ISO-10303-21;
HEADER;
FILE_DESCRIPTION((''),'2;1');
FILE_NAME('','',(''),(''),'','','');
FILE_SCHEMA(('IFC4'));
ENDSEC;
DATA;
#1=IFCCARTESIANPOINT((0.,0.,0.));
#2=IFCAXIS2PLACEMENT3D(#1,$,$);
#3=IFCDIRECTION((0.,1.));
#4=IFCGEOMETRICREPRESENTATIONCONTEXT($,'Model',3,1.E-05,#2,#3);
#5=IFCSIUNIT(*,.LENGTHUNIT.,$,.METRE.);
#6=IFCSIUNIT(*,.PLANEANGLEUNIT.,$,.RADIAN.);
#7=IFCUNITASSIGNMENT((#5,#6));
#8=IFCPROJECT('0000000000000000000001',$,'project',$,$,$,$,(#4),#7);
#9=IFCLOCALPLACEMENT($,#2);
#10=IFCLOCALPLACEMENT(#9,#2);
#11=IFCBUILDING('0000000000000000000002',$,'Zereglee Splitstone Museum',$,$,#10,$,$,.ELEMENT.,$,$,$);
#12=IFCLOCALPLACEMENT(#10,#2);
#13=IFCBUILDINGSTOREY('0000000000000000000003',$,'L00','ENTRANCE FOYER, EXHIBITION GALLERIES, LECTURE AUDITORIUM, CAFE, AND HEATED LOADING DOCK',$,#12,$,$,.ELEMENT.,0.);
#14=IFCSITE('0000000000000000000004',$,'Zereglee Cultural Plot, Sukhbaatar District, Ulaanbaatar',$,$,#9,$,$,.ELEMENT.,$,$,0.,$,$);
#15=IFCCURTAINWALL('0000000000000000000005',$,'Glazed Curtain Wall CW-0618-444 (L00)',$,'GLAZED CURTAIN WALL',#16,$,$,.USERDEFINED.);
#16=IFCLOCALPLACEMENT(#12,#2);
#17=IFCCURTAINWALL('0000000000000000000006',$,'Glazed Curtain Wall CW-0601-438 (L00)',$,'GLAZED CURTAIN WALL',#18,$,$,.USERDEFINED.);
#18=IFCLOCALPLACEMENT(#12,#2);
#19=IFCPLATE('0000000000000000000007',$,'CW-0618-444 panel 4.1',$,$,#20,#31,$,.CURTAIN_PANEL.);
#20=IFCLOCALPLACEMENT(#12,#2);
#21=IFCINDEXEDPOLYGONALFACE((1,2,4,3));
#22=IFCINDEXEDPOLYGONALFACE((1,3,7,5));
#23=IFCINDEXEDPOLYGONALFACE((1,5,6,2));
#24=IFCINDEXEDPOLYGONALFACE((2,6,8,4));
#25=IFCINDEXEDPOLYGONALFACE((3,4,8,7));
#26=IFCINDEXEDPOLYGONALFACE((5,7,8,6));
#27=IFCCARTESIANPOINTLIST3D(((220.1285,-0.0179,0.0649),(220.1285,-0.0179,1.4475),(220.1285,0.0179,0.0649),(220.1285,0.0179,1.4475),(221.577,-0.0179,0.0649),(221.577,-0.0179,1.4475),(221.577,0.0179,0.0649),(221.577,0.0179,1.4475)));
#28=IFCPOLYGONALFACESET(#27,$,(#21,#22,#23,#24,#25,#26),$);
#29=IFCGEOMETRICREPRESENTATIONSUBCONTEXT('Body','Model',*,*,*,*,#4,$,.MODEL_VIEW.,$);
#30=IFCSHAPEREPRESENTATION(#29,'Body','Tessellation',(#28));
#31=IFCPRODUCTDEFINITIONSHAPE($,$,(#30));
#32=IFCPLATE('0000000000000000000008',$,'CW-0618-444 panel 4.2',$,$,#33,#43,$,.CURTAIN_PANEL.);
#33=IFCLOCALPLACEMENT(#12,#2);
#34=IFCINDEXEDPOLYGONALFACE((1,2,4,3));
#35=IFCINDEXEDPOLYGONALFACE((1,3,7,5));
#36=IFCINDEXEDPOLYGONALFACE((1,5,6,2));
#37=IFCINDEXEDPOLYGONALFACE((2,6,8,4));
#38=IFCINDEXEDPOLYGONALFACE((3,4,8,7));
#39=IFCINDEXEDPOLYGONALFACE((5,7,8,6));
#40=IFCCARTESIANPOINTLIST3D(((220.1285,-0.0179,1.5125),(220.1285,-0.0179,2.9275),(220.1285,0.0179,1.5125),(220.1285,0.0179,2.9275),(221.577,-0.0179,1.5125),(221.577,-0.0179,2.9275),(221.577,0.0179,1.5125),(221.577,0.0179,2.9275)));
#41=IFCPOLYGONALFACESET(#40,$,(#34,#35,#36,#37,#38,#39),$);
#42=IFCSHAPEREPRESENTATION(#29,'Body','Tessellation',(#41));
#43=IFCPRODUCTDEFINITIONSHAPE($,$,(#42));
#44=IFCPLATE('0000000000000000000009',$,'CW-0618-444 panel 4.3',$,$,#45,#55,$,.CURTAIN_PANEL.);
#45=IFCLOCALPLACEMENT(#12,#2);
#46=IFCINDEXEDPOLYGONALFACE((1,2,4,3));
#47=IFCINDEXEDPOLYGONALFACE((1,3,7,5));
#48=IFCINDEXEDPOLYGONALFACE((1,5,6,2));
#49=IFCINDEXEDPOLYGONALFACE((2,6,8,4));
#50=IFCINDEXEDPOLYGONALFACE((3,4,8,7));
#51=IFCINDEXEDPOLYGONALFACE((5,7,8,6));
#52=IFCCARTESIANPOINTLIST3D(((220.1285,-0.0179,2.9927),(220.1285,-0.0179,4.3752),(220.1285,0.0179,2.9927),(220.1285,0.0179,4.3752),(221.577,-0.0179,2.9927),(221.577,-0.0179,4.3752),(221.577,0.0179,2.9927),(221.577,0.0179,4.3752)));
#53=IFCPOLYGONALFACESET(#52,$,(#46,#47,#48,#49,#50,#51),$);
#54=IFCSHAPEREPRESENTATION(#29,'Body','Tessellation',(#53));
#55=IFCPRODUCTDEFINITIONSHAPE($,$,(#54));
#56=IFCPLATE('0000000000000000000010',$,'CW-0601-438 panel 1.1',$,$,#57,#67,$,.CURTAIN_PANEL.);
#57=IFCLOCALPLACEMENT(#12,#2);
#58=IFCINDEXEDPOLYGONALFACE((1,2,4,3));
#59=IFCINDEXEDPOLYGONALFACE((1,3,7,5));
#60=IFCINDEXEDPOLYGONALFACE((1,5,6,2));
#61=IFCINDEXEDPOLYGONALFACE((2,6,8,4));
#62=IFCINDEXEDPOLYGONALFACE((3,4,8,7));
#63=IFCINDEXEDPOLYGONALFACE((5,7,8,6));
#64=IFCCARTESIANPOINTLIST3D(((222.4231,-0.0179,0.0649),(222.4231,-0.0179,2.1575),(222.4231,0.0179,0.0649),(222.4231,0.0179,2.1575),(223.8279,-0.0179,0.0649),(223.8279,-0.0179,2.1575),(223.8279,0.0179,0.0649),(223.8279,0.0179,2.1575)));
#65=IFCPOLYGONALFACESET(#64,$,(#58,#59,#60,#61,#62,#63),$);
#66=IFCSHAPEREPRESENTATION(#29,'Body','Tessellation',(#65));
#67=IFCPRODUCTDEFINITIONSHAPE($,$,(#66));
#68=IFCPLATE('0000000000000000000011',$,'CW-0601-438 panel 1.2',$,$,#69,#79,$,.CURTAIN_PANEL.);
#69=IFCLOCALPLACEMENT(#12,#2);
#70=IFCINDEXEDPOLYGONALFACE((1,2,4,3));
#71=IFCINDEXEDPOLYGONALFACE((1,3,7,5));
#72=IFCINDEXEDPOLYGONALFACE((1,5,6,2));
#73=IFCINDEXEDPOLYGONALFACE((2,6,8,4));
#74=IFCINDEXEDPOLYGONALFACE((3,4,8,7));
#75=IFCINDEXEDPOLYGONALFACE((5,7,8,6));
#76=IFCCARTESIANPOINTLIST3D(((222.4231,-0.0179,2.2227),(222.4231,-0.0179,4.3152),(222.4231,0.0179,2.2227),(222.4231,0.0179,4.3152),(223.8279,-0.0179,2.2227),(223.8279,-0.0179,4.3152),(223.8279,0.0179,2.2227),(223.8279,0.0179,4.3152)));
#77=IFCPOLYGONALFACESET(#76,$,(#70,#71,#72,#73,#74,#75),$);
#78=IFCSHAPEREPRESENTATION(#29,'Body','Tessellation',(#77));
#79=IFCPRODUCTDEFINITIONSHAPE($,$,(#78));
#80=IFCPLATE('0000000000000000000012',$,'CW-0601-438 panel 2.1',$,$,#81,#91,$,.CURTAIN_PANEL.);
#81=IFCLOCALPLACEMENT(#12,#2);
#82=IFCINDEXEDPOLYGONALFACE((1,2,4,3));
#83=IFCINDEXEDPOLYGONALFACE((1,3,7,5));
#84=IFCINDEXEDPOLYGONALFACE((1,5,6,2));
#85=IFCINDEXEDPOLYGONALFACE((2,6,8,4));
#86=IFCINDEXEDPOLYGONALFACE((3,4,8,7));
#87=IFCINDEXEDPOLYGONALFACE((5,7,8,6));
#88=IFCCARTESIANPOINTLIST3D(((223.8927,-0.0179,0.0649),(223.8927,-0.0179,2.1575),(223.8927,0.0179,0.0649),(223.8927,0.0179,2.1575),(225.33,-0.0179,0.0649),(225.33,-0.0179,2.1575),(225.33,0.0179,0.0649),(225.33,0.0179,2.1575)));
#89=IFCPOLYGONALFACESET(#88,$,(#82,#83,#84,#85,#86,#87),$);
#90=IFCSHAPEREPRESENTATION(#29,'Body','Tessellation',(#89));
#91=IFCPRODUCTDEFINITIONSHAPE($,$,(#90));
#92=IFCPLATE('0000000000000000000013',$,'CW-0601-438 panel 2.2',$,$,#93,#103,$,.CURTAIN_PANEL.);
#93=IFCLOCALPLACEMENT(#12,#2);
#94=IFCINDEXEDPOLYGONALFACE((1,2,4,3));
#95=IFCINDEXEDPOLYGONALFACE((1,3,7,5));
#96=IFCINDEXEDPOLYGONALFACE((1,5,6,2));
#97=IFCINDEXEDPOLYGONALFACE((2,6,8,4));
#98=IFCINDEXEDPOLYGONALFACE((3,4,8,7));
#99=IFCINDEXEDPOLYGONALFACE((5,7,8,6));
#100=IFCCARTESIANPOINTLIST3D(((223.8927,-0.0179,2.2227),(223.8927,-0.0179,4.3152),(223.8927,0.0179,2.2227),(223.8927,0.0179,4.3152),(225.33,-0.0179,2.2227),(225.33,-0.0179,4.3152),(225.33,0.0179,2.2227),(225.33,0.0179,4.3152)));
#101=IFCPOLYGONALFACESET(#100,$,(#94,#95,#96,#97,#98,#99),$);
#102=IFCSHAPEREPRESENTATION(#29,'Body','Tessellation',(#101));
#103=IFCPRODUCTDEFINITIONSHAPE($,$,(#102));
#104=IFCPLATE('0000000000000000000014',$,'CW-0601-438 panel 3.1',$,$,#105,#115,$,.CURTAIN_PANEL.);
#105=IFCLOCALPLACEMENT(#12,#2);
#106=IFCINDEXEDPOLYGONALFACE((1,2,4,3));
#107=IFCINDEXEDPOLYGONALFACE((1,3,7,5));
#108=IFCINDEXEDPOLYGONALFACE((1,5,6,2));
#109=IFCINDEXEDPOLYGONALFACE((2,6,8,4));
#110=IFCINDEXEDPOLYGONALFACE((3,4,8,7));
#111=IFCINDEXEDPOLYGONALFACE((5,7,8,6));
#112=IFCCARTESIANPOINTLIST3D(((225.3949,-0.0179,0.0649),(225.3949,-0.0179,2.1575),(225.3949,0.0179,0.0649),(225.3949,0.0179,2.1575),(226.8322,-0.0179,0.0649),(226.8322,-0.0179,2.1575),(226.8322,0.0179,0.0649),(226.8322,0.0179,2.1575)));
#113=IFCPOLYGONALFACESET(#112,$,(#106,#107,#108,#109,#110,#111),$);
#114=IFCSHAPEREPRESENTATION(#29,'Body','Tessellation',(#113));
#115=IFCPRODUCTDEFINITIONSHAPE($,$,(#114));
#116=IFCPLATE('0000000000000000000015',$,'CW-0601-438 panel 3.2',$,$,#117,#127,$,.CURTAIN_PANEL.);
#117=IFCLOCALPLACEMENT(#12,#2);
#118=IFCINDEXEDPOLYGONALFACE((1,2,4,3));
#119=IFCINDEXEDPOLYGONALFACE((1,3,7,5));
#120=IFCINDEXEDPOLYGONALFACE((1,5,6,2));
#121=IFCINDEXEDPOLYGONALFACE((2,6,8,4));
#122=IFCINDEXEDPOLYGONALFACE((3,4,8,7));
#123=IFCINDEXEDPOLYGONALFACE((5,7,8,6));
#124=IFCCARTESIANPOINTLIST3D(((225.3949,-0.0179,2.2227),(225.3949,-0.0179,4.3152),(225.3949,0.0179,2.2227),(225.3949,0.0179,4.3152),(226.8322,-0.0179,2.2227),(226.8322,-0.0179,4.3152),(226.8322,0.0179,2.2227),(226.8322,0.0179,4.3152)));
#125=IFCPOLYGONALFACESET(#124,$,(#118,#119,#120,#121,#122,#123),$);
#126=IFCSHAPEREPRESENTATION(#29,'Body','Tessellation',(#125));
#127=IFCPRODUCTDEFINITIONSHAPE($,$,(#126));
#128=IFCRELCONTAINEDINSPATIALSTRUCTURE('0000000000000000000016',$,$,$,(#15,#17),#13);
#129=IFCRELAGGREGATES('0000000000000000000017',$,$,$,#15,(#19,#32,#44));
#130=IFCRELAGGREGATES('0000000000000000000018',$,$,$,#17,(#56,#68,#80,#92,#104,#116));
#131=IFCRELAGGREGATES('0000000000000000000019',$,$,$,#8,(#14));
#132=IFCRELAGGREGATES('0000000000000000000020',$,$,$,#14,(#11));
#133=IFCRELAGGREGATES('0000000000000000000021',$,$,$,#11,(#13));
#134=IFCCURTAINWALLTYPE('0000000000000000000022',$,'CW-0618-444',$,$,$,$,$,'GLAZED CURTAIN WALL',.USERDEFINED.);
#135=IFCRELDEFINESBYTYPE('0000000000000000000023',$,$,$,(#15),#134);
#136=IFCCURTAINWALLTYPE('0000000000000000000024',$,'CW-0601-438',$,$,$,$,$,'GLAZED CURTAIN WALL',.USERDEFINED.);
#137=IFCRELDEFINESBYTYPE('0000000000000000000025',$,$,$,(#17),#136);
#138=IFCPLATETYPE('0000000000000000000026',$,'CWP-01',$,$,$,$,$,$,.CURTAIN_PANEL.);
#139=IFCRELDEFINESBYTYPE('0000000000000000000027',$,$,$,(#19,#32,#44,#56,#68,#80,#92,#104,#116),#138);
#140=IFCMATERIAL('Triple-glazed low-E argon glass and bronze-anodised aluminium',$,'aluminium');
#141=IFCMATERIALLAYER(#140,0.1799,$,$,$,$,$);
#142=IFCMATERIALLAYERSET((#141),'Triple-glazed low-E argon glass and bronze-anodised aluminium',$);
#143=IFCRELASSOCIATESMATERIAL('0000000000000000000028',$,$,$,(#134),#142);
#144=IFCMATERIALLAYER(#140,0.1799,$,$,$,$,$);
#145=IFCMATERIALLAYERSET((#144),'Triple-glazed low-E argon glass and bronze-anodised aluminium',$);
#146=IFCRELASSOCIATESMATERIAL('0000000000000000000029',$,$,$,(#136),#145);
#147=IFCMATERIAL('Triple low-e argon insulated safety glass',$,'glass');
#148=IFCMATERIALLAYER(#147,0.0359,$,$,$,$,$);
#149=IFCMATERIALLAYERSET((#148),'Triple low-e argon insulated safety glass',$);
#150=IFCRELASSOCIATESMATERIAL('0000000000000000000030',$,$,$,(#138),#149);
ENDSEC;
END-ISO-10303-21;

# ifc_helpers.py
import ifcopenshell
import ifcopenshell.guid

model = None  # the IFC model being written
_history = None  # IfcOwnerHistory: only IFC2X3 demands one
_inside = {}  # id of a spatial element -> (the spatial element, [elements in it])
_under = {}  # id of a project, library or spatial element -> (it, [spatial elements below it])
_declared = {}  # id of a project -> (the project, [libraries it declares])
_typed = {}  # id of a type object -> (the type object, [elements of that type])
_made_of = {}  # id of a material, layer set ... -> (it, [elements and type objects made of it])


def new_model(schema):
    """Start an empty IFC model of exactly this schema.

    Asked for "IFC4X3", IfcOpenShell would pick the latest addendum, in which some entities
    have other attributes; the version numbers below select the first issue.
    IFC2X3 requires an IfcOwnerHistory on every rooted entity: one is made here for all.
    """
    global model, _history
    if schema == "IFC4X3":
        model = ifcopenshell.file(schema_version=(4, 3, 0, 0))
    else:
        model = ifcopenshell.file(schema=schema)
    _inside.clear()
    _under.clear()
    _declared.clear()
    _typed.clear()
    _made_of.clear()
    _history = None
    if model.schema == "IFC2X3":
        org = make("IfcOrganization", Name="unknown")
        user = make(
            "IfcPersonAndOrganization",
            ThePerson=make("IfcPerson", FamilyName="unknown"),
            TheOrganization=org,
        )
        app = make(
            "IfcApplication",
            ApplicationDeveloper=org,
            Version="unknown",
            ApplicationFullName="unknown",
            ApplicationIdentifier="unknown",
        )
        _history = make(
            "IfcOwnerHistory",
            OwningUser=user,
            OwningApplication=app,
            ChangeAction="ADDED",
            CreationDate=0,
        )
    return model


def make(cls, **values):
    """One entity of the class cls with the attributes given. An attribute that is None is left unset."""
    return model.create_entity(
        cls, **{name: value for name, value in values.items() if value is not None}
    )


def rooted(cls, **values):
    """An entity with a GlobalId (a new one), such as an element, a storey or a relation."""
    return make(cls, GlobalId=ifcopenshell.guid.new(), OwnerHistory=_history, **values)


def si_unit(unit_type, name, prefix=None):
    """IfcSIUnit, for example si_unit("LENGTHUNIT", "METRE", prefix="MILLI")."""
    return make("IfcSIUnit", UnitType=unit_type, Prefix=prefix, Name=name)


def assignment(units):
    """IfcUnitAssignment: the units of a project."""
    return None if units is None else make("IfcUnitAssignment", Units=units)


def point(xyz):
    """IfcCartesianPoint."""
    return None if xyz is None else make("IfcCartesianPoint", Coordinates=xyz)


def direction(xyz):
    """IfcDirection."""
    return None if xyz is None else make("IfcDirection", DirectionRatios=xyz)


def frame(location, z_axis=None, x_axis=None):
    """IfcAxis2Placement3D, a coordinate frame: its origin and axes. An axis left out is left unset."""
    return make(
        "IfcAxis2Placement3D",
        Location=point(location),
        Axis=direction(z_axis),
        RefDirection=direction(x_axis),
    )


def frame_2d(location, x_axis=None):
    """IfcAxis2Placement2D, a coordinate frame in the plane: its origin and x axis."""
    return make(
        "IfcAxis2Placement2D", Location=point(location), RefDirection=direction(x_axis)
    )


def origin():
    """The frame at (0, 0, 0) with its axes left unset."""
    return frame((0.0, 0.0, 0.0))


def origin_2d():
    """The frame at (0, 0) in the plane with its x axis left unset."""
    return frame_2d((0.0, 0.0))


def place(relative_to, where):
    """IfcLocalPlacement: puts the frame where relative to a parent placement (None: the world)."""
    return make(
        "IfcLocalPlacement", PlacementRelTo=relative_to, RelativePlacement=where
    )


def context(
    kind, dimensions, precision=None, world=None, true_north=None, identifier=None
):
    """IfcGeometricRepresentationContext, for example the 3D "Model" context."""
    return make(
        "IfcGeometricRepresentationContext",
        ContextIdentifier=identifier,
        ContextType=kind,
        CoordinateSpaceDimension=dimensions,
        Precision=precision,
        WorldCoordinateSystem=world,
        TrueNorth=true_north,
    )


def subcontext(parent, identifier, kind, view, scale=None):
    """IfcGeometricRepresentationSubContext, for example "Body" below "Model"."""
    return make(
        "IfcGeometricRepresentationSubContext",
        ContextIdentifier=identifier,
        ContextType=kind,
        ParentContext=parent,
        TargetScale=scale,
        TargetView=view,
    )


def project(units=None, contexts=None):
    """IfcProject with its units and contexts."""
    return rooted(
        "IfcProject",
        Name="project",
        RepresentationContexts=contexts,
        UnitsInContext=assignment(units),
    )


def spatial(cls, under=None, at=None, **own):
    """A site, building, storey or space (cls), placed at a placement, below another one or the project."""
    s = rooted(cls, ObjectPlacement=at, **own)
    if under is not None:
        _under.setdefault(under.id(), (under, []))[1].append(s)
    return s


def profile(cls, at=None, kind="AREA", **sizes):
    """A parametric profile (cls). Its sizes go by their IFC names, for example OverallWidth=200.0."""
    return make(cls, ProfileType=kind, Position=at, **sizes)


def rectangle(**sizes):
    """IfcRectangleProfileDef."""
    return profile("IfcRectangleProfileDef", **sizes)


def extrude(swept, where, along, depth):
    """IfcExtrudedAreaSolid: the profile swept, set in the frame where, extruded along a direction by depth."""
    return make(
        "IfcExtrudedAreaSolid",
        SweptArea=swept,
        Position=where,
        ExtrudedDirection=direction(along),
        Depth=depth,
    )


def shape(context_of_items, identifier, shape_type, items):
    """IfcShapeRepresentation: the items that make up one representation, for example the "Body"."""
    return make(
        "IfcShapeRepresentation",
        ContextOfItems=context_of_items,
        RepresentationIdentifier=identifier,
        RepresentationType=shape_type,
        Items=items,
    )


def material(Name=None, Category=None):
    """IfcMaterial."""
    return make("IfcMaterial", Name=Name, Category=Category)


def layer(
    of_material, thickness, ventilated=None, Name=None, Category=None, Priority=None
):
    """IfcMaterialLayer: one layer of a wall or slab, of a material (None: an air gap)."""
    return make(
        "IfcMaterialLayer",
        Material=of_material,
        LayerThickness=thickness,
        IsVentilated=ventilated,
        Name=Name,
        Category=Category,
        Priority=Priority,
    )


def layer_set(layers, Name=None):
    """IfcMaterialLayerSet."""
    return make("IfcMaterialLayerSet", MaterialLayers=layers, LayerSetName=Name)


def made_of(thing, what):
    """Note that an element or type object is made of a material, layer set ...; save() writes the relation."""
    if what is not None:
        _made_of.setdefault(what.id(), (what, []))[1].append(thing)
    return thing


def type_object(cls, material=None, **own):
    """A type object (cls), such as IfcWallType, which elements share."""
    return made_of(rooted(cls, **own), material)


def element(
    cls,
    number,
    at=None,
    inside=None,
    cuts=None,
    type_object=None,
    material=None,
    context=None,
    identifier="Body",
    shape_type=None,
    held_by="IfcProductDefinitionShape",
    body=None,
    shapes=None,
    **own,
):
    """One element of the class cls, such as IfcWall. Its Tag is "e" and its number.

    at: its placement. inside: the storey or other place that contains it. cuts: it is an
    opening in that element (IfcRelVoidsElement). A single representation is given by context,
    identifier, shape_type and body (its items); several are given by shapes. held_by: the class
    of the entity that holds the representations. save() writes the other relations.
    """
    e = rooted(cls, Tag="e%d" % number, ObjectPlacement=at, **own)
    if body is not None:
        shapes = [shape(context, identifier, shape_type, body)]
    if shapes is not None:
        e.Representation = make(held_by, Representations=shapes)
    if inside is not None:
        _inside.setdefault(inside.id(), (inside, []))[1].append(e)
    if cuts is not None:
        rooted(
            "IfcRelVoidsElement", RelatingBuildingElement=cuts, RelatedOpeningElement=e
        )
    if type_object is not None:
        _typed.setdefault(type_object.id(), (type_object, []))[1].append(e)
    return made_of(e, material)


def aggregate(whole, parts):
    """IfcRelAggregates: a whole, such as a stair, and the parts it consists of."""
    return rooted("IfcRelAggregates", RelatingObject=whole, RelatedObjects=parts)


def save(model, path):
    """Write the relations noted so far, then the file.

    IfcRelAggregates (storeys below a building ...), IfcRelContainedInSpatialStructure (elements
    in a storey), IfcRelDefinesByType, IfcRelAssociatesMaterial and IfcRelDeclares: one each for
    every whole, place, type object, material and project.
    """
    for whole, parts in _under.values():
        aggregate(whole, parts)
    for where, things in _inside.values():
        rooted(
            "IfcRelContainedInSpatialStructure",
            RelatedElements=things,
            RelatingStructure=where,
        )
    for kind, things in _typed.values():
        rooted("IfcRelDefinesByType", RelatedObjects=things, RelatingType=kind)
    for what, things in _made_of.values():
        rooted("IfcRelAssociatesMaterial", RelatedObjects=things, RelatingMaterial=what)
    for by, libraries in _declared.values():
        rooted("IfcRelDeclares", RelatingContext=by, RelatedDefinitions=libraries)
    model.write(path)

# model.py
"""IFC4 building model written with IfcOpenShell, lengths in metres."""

from ifc_helpers import new_model, si_unit, direction, frame, origin, origin_2d, place, context, subcontext, project, spatial, rectangle, extrude, material, layer, layer_set, type_object, element, aggregate, save


model = new_model("IFC4")

# Units and contexts
model_context = context("Model", 3, precision=1e-05, world=origin(), true_north=direction((0.0, 1.0)))
body_context = subcontext(model_context, "Body", "Model", "MODEL_VIEW")
ifc_project = project(units=[si_unit("LENGTHUNIT", "METRE"), si_unit("PLANEANGLEUNIT", "RADIAN")], contexts=[model_context])

# Site, building, storey
site_placement = place(None, origin())
site = spatial("IfcSite", under=ifc_project, at=site_placement, Name="Zereglee Cultural Plot, Sukhbaatar District, Ulaanbaatar", CompositionType="ELEMENT", RefElevation=0.0)
building_placement = place(site_placement, origin())
building = spatial("IfcBuilding", under=site, at=building_placement, Name="Zereglee Splitstone Museum", CompositionType="ELEMENT")
storey_placement = place(building_placement, origin())
storey = spatial("IfcBuildingStorey", under=building, at=storey_placement, Name="L00", Description="ENTRANCE FOYER, EXHIBITION GALLERIES, LECTURE AUDITORIUM, CAFE, AND HEATED LOADING DOCK", CompositionType="ELEMENT", Elevation=0.0)

# Curtain walls
ifc_material_1 = material(Name="Triple-glazed low-E argon glass and bronze-anodised aluminium", Category="aluminium")
ifc_layer_1 = layer(ifc_material_1, 0.1799)
ifc_layer_set_1 = layer_set([ifc_layer_1], Name="Triple-glazed low-E argon glass and bronze-anodised aluminium")
curtain_wall_type_1 = type_object("IfcCurtainWallType", Name="CW-0618-444", ElementType="GLAZED CURTAIN WALL", PredefinedType="USERDEFINED", material=ifc_layer_set_1)
curtain_wall_1_placement = place(storey_placement, origin())
curtain_wall_1 = element("IfcCurtainWall", 1, at=curtain_wall_1_placement, inside=storey, type_object=curtain_wall_type_1, Name="Glazed Curtain Wall CW-0618-444 (L00)", ObjectType="GLAZED CURTAIN WALL", PredefinedType="USERDEFINED")
ifc_layer_2 = layer(ifc_material_1, 0.1799)
ifc_layer_set_2 = layer_set([ifc_layer_2], Name="Triple-glazed low-E argon glass and bronze-anodised aluminium")
curtain_wall_type_2 = type_object("IfcCurtainWallType", Name="CW-0601-438", ElementType="GLAZED CURTAIN WALL", PredefinedType="USERDEFINED", material=ifc_layer_set_2)
curtain_wall_2_placement = place(storey_placement, origin())
curtain_wall_2 = element("IfcCurtainWall", 2, at=curtain_wall_2_placement, inside=storey, type_object=curtain_wall_type_2, Name="Glazed Curtain Wall CW-0601-438 (L00)", ObjectType="GLAZED CURTAIN WALL", PredefinedType="USERDEFINED")

# Plates
ifc_material_2 = material(Name="Triple low-e argon insulated safety glass", Category="glass")
ifc_layer_3 = layer(ifc_material_2, 0.0359)
ifc_layer_set_3 = layer_set([ifc_layer_3], Name="Triple low-e argon insulated safety glass")
plate_type = type_object("IfcPlateType", Name="CWP-01", PredefinedType="CURTAIN_PANEL", material=ifc_layer_set_3)
plate_1_placement = place(storey_placement, frame((220.8528, 0.0, 0.0649), z_axis=(0.0, 0.0, 1.0), x_axis=(1.0, 0.0, 0.0)))
plate_1 = element("IfcPlate", 3, at=plate_1_placement, type_object=plate_type, Name="CW-0618-444 panel 4.1", PredefinedType="CURTAIN_PANEL", context=body_context, shape_type="SweptSolid", body=[
    extrude(rectangle(XDim=1.4485, YDim=0.0359, at=origin_2d()), origin(), (0.0, 0.0, 1.0), 1.3826),
])
plate_2_placement = place(storey_placement, frame((220.8528, 0.0, 1.5125), z_axis=(0.0, 0.0, 1.0), x_axis=(1.0, 0.0, 0.0)))
plate_2 = element("IfcPlate", 4, at=plate_2_placement, type_object=plate_type, Name="CW-0618-444 panel 4.2", PredefinedType="CURTAIN_PANEL", context=body_context, shape_type="SweptSolid", body=[
    extrude(rectangle(XDim=1.4485, YDim=0.0359, at=origin_2d()), origin(), (0.0, 0.0, 1.0), 1.415),
])
plate_3_placement = place(storey_placement, frame((220.8528, 0.0, 2.9927), z_axis=(0.0, 0.0, 1.0), x_axis=(1.0, 0.0, 0.0)))
plate_3 = element("IfcPlate", 5, at=plate_3_placement, type_object=plate_type, Name="CW-0618-444 panel 4.3", PredefinedType="CURTAIN_PANEL", context=body_context, shape_type="SweptSolid", body=[
    extrude(rectangle(XDim=1.4485, YDim=0.0359, at=origin_2d()), origin(), (0.0, 0.0, 1.0), 1.3826),
])
aggregate(curtain_wall_1, [plate_1, plate_2, plate_3])
plate_4_placement = place(storey_placement, frame((223.1255, 0.0, 0.0649), z_axis=(0.0, 0.0, 1.0), x_axis=(1.0, 0.0, 0.0)))
plate_4 = element("IfcPlate", 6, at=plate_4_placement, type_object=plate_type, Name="CW-0601-438 panel 1.1", PredefinedType="CURTAIN_PANEL", context=body_context, shape_type="SweptSolid", body=[
    extrude(rectangle(XDim=1.4048, YDim=0.0359, at=origin_2d()), origin(), (0.0, 0.0, 1.0), 2.0925),
])
plate_5_placement = place(storey_placement, frame((223.1255, 0.0, 2.2227), z_axis=(0.0, 0.0, 1.0), x_axis=(1.0, 0.0, 0.0)))
plate_5 = element("IfcPlate", 7, at=plate_5_placement, type_object=plate_type, Name="CW-0601-438 panel 1.2", PredefinedType="CURTAIN_PANEL", context=body_context, shape_type="SweptSolid", body=[
    extrude(rectangle(XDim=1.4048, YDim=0.0359, at=origin_2d()), origin(), (0.0, 0.0, 1.0), 2.0925),
])
plate_6_placement = place(storey_placement, frame((224.6113, 0.0, 0.0649), z_axis=(0.0, 0.0, 1.0), x_axis=(1.0, 0.0, 0.0)))
plate_6 = element("IfcPlate", 8, at=plate_6_placement, type_object=plate_type, Name="CW-0601-438 panel 2.1", PredefinedType="CURTAIN_PANEL", context=body_context, shape_type="SweptSolid", body=[
    extrude(rectangle(XDim=1.4373, YDim=0.0359, at=origin_2d()), origin(), (0.0, 0.0, 1.0), 2.0925),
])
plate_7_placement = place(storey_placement, frame((224.6113, 0.0, 2.2227), z_axis=(0.0, 0.0, 1.0), x_axis=(1.0, 0.0, 0.0)))
plate_7 = element("IfcPlate", 9, at=plate_7_placement, type_object=plate_type, Name="CW-0601-438 panel 2.2", PredefinedType="CURTAIN_PANEL", context=body_context, shape_type="SweptSolid", body=[
    extrude(rectangle(XDim=1.4373, YDim=0.0359, at=origin_2d()), origin(), (0.0, 0.0, 1.0), 2.0925),
])
plate_8_placement = place(storey_placement, frame((226.1135, 0.0, 0.0649), z_axis=(0.0, 0.0, 1.0), x_axis=(1.0, 0.0, 0.0)))
plate_8 = element("IfcPlate", 10, at=plate_8_placement, type_object=plate_type, Name="CW-0601-438 panel 3.1", PredefinedType="CURTAIN_PANEL", context=body_context, shape_type="SweptSolid", body=[
    extrude(rectangle(XDim=1.4373, YDim=0.0359, at=origin_2d()), origin(), (0.0, 0.0, 1.0), 2.0925),
])
plate_9_placement = place(storey_placement, frame((226.1135, 0.0, 2.2227), z_axis=(0.0, 0.0, 1.0), x_axis=(1.0, 0.0, 0.0)))
plate_9 = element("IfcPlate", 11, at=plate_9_placement, type_object=plate_type, Name="CW-0601-438 panel 3.2", PredefinedType="CURTAIN_PANEL", context=body_context, shape_type="SweptSolid", body=[
    extrude(rectangle(XDim=1.4373, YDim=0.0359, at=origin_2d()), origin(), (0.0, 0.0, 1.0), 2.0925),
])
aggregate(curtain_wall_2, [plate_4, plate_5, plate_6, plate_7, plate_8, plate_9])

save(model, "model.ifc")
